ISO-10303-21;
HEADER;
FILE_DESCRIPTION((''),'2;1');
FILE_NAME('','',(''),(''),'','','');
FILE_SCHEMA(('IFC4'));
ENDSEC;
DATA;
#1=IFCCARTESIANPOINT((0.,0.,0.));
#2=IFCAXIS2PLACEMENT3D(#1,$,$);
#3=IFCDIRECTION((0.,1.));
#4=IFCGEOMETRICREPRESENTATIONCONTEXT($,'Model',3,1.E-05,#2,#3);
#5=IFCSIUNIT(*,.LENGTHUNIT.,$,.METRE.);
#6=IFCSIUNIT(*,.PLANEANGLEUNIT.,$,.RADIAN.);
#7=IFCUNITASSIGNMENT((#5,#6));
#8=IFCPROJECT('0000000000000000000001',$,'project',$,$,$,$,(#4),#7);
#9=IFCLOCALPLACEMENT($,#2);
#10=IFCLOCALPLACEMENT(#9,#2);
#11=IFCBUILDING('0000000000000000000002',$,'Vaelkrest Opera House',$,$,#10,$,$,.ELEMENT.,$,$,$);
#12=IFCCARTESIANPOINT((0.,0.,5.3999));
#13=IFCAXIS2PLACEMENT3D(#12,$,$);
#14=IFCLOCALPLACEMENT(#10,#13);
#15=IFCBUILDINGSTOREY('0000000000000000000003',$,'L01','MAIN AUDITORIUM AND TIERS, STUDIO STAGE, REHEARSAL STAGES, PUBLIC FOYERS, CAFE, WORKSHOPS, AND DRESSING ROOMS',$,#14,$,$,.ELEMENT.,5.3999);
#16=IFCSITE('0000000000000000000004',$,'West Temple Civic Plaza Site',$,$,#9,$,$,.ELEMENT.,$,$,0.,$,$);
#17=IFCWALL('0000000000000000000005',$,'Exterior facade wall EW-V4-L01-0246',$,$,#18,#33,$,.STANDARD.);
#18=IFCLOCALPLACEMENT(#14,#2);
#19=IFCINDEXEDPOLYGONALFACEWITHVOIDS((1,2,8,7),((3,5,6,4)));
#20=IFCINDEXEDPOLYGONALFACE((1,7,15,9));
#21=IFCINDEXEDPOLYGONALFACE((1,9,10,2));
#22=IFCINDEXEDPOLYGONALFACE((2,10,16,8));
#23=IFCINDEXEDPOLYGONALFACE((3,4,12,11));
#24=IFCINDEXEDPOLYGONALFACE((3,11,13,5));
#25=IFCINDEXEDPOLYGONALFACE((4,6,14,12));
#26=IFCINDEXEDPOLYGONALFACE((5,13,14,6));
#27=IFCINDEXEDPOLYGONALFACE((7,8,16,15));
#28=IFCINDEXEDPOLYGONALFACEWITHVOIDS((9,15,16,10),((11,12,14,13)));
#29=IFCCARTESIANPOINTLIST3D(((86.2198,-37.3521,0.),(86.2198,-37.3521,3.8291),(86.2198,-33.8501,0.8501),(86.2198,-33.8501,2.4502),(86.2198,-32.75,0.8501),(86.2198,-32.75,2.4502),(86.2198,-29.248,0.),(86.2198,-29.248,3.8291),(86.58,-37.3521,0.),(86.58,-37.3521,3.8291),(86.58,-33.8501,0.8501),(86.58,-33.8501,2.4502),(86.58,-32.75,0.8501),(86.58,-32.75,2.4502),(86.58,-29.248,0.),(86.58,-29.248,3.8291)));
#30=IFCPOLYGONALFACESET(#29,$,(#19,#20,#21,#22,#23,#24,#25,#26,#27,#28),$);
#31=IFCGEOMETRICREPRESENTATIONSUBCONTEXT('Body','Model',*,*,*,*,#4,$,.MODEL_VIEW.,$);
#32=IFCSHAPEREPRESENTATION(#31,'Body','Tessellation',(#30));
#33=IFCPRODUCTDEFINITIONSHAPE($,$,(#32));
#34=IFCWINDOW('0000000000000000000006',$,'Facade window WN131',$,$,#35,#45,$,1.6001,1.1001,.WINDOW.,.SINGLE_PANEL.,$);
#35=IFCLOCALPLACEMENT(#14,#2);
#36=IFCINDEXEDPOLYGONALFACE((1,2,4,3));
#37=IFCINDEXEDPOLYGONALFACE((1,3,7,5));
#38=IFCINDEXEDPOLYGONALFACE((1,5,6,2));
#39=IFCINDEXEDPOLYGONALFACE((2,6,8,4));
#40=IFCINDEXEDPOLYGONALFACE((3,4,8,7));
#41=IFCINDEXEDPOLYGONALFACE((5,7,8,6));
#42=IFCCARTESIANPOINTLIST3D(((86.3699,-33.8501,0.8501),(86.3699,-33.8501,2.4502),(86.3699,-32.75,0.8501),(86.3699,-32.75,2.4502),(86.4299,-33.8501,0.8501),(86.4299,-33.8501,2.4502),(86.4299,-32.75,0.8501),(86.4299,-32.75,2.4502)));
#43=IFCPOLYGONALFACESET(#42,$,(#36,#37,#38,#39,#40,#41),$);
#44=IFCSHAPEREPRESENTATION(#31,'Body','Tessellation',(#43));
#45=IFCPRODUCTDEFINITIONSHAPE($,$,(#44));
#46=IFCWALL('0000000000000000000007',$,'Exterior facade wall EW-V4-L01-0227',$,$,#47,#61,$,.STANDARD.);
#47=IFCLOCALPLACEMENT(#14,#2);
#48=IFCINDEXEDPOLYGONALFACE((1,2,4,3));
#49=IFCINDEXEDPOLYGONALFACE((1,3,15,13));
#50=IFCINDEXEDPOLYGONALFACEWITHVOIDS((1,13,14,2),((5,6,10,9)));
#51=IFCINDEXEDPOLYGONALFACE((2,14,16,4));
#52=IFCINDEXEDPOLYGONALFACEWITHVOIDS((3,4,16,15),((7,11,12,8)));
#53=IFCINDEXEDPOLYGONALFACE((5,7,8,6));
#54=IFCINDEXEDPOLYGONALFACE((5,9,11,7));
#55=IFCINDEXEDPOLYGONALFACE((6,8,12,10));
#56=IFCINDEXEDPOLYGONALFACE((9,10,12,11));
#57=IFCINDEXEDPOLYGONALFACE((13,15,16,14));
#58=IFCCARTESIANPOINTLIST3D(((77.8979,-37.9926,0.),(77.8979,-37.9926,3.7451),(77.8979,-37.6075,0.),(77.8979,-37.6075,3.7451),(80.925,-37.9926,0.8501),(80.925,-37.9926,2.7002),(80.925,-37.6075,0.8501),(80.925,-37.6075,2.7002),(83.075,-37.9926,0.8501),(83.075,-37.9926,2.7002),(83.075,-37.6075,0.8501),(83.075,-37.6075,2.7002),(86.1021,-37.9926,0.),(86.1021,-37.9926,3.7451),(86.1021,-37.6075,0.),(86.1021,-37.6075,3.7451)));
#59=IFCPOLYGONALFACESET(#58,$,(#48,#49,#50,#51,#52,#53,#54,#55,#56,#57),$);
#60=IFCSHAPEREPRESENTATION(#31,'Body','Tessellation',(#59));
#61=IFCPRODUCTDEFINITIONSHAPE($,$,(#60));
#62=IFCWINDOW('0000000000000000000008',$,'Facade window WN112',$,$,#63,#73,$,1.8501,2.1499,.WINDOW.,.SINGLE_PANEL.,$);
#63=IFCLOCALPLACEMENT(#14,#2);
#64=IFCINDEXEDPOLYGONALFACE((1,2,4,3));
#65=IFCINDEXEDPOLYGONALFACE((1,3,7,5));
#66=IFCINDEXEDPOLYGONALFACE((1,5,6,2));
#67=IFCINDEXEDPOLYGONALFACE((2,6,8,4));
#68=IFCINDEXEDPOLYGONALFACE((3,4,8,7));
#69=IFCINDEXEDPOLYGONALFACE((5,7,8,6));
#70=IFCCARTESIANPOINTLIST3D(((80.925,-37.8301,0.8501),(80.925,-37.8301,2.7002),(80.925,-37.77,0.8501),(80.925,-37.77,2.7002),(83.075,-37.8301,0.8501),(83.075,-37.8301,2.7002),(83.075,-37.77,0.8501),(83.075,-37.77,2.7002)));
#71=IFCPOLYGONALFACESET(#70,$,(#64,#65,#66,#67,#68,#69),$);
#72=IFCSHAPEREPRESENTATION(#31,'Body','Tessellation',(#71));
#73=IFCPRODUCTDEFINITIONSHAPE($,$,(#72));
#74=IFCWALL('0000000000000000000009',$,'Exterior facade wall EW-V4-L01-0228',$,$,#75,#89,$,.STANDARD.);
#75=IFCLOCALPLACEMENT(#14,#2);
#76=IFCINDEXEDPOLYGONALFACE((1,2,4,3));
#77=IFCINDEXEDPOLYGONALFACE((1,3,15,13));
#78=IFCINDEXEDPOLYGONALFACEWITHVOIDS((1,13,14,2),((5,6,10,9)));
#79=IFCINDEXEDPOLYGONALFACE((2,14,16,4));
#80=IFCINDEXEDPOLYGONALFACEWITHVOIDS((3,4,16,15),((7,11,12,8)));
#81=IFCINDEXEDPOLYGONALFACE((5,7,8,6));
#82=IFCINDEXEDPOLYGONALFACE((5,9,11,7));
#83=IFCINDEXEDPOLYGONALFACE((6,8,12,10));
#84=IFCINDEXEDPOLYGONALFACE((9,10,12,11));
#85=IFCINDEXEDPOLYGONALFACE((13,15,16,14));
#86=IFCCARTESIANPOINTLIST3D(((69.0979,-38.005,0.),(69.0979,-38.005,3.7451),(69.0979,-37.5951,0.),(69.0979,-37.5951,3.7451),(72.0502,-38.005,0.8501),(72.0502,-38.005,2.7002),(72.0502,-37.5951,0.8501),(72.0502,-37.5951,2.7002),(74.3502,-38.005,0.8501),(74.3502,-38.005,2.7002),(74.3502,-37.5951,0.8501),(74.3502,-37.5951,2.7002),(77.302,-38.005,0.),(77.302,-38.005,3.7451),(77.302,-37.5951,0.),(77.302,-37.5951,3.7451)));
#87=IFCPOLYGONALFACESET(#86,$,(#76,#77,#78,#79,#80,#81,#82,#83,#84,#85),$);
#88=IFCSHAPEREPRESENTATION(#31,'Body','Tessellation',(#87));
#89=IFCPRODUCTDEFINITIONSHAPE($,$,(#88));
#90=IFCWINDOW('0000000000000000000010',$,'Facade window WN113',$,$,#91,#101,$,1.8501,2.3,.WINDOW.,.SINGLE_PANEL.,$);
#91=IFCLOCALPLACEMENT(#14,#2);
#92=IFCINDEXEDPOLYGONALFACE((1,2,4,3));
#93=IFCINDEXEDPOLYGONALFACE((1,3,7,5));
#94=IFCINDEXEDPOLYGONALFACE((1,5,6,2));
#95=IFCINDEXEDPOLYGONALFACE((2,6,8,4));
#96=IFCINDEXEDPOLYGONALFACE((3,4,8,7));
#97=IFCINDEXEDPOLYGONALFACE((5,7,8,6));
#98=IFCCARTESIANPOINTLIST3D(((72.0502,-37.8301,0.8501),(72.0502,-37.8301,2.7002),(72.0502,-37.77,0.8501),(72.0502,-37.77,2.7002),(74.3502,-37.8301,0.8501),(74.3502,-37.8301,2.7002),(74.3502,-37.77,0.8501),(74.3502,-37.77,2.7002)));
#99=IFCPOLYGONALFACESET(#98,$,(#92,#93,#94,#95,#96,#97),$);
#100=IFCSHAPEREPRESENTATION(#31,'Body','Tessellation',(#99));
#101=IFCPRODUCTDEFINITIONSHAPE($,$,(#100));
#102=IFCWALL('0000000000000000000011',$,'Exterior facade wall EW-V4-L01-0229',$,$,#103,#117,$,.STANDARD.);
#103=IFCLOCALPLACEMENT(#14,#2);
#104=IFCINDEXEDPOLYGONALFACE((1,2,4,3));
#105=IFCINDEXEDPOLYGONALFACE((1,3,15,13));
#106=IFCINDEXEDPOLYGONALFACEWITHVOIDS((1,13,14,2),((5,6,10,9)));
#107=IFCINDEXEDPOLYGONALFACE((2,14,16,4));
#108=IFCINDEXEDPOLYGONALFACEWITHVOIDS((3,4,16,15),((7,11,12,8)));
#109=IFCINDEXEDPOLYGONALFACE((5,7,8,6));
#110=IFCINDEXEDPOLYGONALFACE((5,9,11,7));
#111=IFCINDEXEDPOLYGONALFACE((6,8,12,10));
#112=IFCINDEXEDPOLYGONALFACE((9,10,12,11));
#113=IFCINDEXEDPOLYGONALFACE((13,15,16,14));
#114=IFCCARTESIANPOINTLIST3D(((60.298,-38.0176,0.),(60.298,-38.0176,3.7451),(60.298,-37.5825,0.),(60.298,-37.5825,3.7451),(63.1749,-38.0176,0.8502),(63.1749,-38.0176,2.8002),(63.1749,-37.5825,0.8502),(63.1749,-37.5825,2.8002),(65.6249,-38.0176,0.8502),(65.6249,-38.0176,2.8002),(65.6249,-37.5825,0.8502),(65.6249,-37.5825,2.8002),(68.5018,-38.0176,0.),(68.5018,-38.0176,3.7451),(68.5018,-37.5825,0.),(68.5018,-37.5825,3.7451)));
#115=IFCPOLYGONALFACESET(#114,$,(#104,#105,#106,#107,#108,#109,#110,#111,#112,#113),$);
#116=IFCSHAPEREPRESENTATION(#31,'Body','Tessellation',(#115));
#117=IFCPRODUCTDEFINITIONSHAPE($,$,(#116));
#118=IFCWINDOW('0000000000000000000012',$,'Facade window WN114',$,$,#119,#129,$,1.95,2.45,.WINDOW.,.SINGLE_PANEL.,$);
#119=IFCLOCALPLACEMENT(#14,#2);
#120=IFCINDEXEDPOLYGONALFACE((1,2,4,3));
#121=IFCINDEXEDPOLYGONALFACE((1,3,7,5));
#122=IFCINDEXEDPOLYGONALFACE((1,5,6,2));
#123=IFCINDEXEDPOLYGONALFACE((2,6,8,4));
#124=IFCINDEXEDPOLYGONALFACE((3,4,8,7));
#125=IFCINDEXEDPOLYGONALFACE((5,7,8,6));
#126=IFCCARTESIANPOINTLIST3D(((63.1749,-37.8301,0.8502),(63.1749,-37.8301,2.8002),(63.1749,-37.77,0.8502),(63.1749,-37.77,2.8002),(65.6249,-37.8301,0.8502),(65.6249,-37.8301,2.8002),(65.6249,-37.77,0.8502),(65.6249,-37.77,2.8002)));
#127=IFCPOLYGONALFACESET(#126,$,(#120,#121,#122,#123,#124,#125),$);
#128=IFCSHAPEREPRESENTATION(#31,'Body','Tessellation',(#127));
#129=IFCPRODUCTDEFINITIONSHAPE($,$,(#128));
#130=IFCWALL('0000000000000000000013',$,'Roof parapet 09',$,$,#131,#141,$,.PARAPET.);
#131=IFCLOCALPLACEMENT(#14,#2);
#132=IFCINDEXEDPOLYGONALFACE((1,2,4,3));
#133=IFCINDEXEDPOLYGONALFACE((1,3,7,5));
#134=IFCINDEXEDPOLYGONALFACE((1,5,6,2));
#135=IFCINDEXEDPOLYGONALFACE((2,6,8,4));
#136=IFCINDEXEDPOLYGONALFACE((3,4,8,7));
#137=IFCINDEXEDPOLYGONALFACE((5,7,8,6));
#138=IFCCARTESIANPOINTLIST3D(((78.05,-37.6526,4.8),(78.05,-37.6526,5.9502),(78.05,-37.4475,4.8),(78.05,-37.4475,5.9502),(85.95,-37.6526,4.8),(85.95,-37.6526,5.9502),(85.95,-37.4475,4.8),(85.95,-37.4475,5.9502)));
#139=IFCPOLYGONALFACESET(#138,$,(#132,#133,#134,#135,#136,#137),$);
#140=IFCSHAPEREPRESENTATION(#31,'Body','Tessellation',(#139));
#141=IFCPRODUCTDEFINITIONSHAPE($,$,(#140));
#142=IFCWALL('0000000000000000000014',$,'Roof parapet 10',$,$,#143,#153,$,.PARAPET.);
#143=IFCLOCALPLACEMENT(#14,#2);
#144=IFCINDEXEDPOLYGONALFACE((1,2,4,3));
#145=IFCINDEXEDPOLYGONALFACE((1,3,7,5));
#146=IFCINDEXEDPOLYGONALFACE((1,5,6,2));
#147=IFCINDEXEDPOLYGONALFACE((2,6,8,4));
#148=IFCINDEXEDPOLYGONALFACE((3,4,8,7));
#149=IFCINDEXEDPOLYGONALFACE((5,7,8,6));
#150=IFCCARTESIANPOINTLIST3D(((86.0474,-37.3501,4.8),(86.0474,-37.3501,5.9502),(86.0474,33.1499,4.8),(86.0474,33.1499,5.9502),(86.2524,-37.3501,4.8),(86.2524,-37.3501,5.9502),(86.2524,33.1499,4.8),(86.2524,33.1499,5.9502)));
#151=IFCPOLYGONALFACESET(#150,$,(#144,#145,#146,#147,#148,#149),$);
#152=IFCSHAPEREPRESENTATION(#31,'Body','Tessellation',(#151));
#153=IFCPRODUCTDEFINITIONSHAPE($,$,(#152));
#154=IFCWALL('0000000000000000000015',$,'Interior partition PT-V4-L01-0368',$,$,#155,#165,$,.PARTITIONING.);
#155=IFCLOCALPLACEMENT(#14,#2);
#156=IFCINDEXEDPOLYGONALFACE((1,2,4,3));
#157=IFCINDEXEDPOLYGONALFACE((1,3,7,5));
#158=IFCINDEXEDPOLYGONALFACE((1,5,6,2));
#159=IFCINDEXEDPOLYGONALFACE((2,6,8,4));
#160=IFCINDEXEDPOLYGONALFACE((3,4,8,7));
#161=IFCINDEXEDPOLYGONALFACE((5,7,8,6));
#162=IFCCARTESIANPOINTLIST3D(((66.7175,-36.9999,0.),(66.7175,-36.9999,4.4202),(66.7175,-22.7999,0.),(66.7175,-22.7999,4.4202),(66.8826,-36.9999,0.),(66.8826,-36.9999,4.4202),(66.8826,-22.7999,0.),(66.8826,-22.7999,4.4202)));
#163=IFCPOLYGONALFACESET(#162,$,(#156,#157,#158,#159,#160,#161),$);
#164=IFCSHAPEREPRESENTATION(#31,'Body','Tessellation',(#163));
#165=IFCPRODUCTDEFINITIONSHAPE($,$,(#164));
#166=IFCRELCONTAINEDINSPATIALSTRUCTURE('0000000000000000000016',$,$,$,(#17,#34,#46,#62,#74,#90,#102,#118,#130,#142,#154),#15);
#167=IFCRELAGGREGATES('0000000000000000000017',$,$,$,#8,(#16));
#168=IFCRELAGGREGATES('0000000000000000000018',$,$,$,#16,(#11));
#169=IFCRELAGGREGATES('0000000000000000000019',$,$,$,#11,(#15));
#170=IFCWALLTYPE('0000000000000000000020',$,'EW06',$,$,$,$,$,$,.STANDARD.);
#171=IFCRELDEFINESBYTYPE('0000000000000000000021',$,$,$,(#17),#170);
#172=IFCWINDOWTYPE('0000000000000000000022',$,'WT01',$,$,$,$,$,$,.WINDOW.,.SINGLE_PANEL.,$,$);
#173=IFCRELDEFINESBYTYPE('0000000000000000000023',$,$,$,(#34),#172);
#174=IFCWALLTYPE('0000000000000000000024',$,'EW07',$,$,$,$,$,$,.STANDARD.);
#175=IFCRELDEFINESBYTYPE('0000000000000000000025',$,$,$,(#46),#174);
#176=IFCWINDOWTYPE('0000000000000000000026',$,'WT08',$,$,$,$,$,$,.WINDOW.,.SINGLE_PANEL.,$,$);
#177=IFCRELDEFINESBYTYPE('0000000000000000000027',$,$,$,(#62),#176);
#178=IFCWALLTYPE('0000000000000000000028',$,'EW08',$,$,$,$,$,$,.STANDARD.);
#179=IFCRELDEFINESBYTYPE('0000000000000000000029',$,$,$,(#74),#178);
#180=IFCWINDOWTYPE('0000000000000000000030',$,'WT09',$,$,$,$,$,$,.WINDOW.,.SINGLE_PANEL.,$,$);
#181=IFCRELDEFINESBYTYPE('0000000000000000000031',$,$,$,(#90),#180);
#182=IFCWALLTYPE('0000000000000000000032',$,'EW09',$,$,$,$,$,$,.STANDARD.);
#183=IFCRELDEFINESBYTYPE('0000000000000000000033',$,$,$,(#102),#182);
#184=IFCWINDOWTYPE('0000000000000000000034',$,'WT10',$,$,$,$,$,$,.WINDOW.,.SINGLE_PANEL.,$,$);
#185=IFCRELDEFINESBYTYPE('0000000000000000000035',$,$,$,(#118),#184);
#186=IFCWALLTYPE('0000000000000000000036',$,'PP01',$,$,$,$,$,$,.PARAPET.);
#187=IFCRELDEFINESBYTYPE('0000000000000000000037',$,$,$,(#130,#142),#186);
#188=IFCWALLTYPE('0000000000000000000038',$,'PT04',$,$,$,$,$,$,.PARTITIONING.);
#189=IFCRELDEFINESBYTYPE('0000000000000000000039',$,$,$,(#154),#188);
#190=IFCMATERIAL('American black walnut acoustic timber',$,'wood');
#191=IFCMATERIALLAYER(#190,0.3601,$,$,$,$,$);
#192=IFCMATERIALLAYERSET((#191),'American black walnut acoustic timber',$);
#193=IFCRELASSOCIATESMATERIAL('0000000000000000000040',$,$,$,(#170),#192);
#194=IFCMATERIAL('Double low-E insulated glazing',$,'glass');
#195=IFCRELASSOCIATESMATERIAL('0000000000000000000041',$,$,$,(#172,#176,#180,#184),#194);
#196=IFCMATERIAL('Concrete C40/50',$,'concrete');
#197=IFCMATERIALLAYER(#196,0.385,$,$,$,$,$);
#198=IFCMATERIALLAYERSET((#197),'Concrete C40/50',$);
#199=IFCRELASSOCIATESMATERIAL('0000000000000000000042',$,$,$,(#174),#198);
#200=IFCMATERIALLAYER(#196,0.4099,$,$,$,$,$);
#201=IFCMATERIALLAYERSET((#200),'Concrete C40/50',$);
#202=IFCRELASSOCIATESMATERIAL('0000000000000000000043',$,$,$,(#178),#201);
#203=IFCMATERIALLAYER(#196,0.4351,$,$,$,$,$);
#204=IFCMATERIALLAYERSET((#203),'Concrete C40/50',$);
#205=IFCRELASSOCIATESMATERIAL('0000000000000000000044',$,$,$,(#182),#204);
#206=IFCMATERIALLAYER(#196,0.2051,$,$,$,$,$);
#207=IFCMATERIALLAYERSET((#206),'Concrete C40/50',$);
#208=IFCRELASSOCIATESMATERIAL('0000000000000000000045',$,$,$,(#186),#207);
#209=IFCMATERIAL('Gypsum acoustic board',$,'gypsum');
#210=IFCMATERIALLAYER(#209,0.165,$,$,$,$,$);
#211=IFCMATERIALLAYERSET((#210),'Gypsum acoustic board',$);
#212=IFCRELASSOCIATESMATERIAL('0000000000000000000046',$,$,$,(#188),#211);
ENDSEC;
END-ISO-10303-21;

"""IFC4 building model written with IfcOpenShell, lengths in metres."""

from ifc_helpers import new_model, si_unit, direction, frame, frame_2d, origin, place, context, subcontext, project, spatial, rectangle, extrude, material, layer, layer_set, type_object, element, fill, save


model = new_model("IFC4")

# Units and contexts
model_context = context("Model", 3, precision=1e-05, world=origin(), true_north=direction((0.0, 1.0)))
body_context = subcontext(model_context, "Body", "Model", "MODEL_VIEW")
ifc_project = project(units=[si_unit("LENGTHUNIT", "METRE"), si_unit("PLANEANGLEUNIT", "RADIAN")], contexts=[model_context])

# Site, building, storey
site_placement = place(None, origin())
site = spatial("IfcSite", under=ifc_project, at=site_placement, Name="West Temple Civic Plaza Site", CompositionType="ELEMENT", RefElevation=0.0)
building_placement = place(site_placement, origin())
building = spatial("IfcBuilding", under=site, at=building_placement, Name="Vaelkrest Opera House", CompositionType="ELEMENT")
storey_placement = place(building_placement, frame((0.0, 0.0, 5.3999)))
storey = spatial("IfcBuildingStorey", under=building, at=storey_placement, Name="L01", Description="MAIN AUDITORIUM AND TIERS, STUDIO STAGE, REHEARSAL STAGES, PUBLIC FOYERS, CAFE, WORKSHOPS, AND DRESSING ROOMS", CompositionType="ELEMENT", Elevation=5.3999)

# Walls, openings, windows
ifc_material_1 = material(Name="American black walnut acoustic timber", Category="wood")
ifc_layer_1 = layer(ifc_material_1, 0.3601)
ifc_layer_set_1 = layer_set([ifc_layer_1], Name="American black walnut acoustic timber")
wall_type_1 = type_object("IfcWallType", Name="EW06", PredefinedType="STANDARD", material=ifc_layer_set_1)
wall_1_placement = place(storey_placement, frame((86.3999, -29.248, 0.0), z_axis=(0.0, 0.0, 1.0), x_axis=(0.0, -1.0, 0.0)))
wall_1 = element("IfcWall", 1, at=wall_1_placement, inside=storey, type_object=wall_type_1, Name="Exterior facade wall EW-V4-L01-0246", PredefinedType="STANDARD", context=body_context, shape_type="SweptSolid", body=[
    extrude(rectangle(XDim=8.104, YDim=0.3601, at=frame_2d((4.052, 0.0))), origin(), (0.0, 0.0, 1.0), 3.8291),
])
opening_1_placement = place(wall_1_placement, frame((3.502, 0.0, 0.8501)))
opening_1 = element("IfcOpeningElement", 2, at=opening_1_placement, cuts=wall_1, PredefinedType="OPENING", context=body_context, shape_type="SweptSolid", body=[
    extrude(rectangle(XDim=1.1001, YDim=1.6001, at=frame_2d((0.55, 0.8))), frame((0.0, 0.1899, 0.0), z_axis=(0.0, -1.0, 0.0), x_axis=(1.0, 0.0, 0.0)), (0.0, 0.0, 1.0), 0.3801),
])
ifc_material_2 = material(Name="Double low-E insulated glazing", Category="glass")
window_type_1 = type_object("IfcWindowType", Name="WT01", PartitioningType="SINGLE_PANEL", PredefinedType="WINDOW", material=ifc_material_2)
window_1_placement = place(opening_1_placement, origin())
window_1 = element("IfcWindow", 3, at=window_1_placement, inside=storey, type_object=window_type_1, Name="Facade window WN131", OverallHeight=1.6001, OverallWidth=1.1001, PartitioningType="SINGLE_PANEL", PredefinedType="WINDOW", context=body_context, shape_type="SweptSolid", body=[
    extrude(rectangle(XDim=1.1001, YDim=1.6001, at=frame_2d((0.55, 0.8))), frame((0.0, 0.03, 0.0), z_axis=(0.0, -1.0, 0.0), x_axis=(1.0, 0.0, 0.0)), (0.0, 0.0, 1.0), 0.0601),
])
fill(opening_1, window_1)
ifc_material_3 = material(Name="Concrete C40/50", Category="concrete")
ifc_layer_2 = layer(ifc_material_3, 0.385)
ifc_layer_set_2 = layer_set([ifc_layer_2], Name="Concrete C40/50")
wall_type_2 = type_object("IfcWallType", Name="EW07", PredefinedType="STANDARD", material=ifc_layer_set_2)
wall_2_placement = place(storey_placement, frame((86.1021, -37.8, 0.0), z_axis=(0.0, 0.0, 1.0), x_axis=(-1.0, 0.0, 0.0)))
wall_2 = element("IfcWall", 4, at=wall_2_placement, inside=storey, type_object=wall_type_2, Name="Exterior facade wall EW-V4-L01-0227", PredefinedType="STANDARD", context=body_context, shape_type="SweptSolid", body=[
    extrude(rectangle(XDim=8.2041, YDim=0.385, at=frame_2d((4.1021, 0.0))), origin(), (0.0, 0.0, 1.0), 3.7451),
])
opening_2_placement = place(wall_2_placement, frame((3.0271, 0.0, 0.8501)))
opening_2 = element("IfcOpeningElement", 5, at=opening_2_placement, cuts=wall_2, PredefinedType="OPENING", context=body_context, shape_type="SweptSolid", body=[
    extrude(rectangle(XDim=2.1499, YDim=1.8501, at=frame_2d((1.075, 0.925))), frame((0.0, 0.2024, 0.0), z_axis=(0.0, -1.0, 0.0), x_axis=(1.0, 0.0, 0.0)), (0.0, 0.0, 1.0), 0.405),
])
window_type_2 = type_object("IfcWindowType", Name="WT08", PartitioningType="SINGLE_PANEL", PredefinedType="WINDOW", material=ifc_material_2)
window_2_placement = place(opening_2_placement, origin())
window_2 = element("IfcWindow", 6, at=window_2_placement, inside=storey, type_object=window_type_2, Name="Facade window WN112", OverallHeight=1.8501, OverallWidth=2.1499, PartitioningType="SINGLE_PANEL", PredefinedType="WINDOW", context=body_context, shape_type="SweptSolid", body=[
    extrude(rectangle(XDim=2.1499, YDim=1.8501, at=frame_2d((1.075, 0.925))), frame((0.0, 0.03, 0.0), z_axis=(0.0, -1.0, 0.0), x_axis=(1.0, 0.0, 0.0)), (0.0, 0.0, 1.0), 0.0601),
])
fill(opening_2, window_2)
ifc_layer_3 = layer(ifc_material_3, 0.4099)
ifc_layer_set_3 = layer_set([ifc_layer_3], Name="Concrete C40/50")
wall_type_3 = type_object("IfcWallType", Name="EW08", PredefinedType="STANDARD", material=ifc_layer_set_3)
wall_3_placement = place(storey_placement, frame((77.302, -37.8, 0.0), z_axis=(0.0, 0.0, 1.0), x_axis=(-1.0, 0.0, 0.0)))
wall_3 = element("IfcWall", 7, at=wall_3_placement, inside=storey, type_object=wall_type_3, Name="Exterior facade wall EW-V4-L01-0228", PredefinedType="STANDARD", context=body_context, shape_type="SweptSolid", body=[
    extrude(rectangle(XDim=8.2041, YDim=0.4099, at=frame_2d((4.1021, 0.0))), origin(), (0.0, 0.0, 1.0), 3.7451),
])
opening_3_placement = place(wall_3_placement, frame((2.9519, 0.0, 0.8501)))
opening_3 = element("IfcOpeningElement", 8, at=opening_3_placement, cuts=wall_3, PredefinedType="OPENING", context=body_context, shape_type="SweptSolid", body=[
    extrude(rectangle(XDim=2.3, YDim=1.8501, at=frame_2d((1.1499, 0.925))), frame((0.0, 0.2148, 0.0), z_axis=(0.0, -1.0, 0.0), x_axis=(1.0, 0.0, 0.0)), (0.0, 0.0, 1.0), 0.4299),
])
window_type_3 = type_object("IfcWindowType", Name="WT09", PartitioningType="SINGLE_PANEL", PredefinedType="WINDOW", material=ifc_material_2)
window_3_placement = place(opening_3_placement, origin())
window_3 = element("IfcWindow", 9, at=window_3_placement, inside=storey, type_object=window_type_3, Name="Facade window WN113", OverallHeight=1.8501, OverallWidth=2.3, PartitioningType="SINGLE_PANEL", PredefinedType="WINDOW", context=body_context, shape_type="SweptSolid", body=[
    extrude(rectangle(XDim=2.3, YDim=1.8501, at=frame_2d((1.1499, 0.925))), frame((0.0, 0.03, 0.0), z_axis=(0.0, -1.0, 0.0), x_axis=(1.0, 0.0, 0.0)), (0.0, 0.0, 1.0), 0.0601),
])
fill(opening_3, window_3)
ifc_layer_4 = layer(ifc_material_3, 0.4351)
ifc_layer_set_4 = layer_set([ifc_layer_4], Name="Concrete C40/50")
wall_type_4 = type_object("IfcWallType", Name="EW09", PredefinedType="STANDARD", material=ifc_layer_set_4)
wall_4_placement = place(storey_placement, frame((68.502, -37.8, 0.0), z_axis=(0.0, 0.0, 1.0), x_axis=(-1.0, 0.0, 0.0)))
wall_4 = element("IfcWall", 10, at=wall_4_placement, inside=storey, type_object=wall_type_4, Name="Exterior facade wall EW-V4-L01-0229", PredefinedType="STANDARD", context=body_context, shape_type="SweptSolid", body=[
    extrude(rectangle(XDim=8.2039, YDim=0.4351, at=frame_2d((4.1021, 0.0))), origin(), (0.0, 0.0, 1.0), 3.7451),
])
opening_4_placement = place(wall_4_placement, frame((2.877, 0.0, 0.8501)))
opening_4 = element("IfcOpeningElement", 11, at=opening_4_placement, cuts=wall_4, PredefinedType="OPENING", context=body_context, shape_type="SweptSolid", body=[
    extrude(rectangle(XDim=2.45, YDim=1.95, at=frame_2d((1.2251, 0.9751))), frame((0.0, 0.2275, 0.0), z_axis=(0.0, -1.0, 0.0), x_axis=(1.0, 0.0, 0.0)), (0.0, 0.0, 1.0), 0.4551),
])
window_type_4 = type_object("IfcWindowType", Name="WT10", PartitioningType="SINGLE_PANEL", PredefinedType="WINDOW", material=ifc_material_2)
window_4_placement = place(opening_4_placement, origin())
window_4 = element("IfcWindow", 12, at=window_4_placement, inside=storey, type_object=window_type_4, Name="Facade window WN114", OverallHeight=1.95, OverallWidth=2.45, PartitioningType="SINGLE_PANEL", PredefinedType="WINDOW", context=body_context, shape_type="SweptSolid", body=[
    extrude(rectangle(XDim=2.45, YDim=1.95, at=frame_2d((1.2251, 0.9751))), frame((0.0, 0.03, 0.0), z_axis=(0.0, -1.0, 0.0), x_axis=(1.0, 0.0, 0.0)), (0.0, 0.0, 1.0), 0.0601),
])
fill(opening_4, window_4)

# Walls
ifc_layer_5 = layer(ifc_material_3, 0.2051)
ifc_layer_set_5 = layer_set([ifc_layer_5], Name="Concrete C40/50")
wall_type_5 = type_object("IfcWallType", Name="PP01", PredefinedType="PARAPET", material=ifc_layer_set_5)
wall_5_placement = place(storey_placement, frame((78.05, -37.55, 4.8), z_axis=(0.0, 0.0, 1.0), x_axis=(1.0, 0.0, 0.0)))
element("IfcWall", 13, at=wall_5_placement, inside=storey, type_object=wall_type_5, Name="Roof parapet 09", PredefinedType="PARAPET", context=body_context, shape_type="SweptSolid", body=[
    extrude(rectangle(XDim=7.8999, YDim=0.2051, at=frame_2d((3.95, 0.0))), origin(), (0.0, 0.0, 1.0), 1.1501),
])
wall_6_placement = place(storey_placement, frame((86.1499, -37.3501, 4.8), z_axis=(0.0, 0.0, 1.0), x_axis=(0.0, 1.0, 0.0)))
element("IfcWall", 14, at=wall_6_placement, inside=storey, type_object=wall_type_5, Name="Roof parapet 10", PredefinedType="PARAPET", context=body_context, shape_type="SweptSolid", body=[
    extrude(rectangle(XDim=70.5, YDim=0.2051, at=frame_2d((35.25, 0.0))), origin(), (0.0, 0.0, 1.0), 1.1501),
])
ifc_material_4 = material(Name="Gypsum acoustic board", Category="gypsum")
ifc_layer_6 = layer(ifc_material_4, 0.165)
ifc_layer_set_6 = layer_set([ifc_layer_6], Name="Gypsum acoustic board")
wall_type_6 = type_object("IfcWallType", Name="PT04", PredefinedType="PARTITIONING", material=ifc_layer_set_6)
wall_7_placement = place(storey_placement, frame((66.8, -37.0, 0.0), z_axis=(0.0, 0.0, 1.0), x_axis=(0.0, 1.0, 0.0)))
element("IfcWall", 15, at=wall_7_placement, inside=storey, type_object=wall_type_6, Name="Interior partition PT-V4-L01-0368", PredefinedType="PARTITIONING", context=body_context, shape_type="SweptSolid", body=[
    extrude(rectangle(XDim=14.2, YDim=0.165, at=frame_2d((7.1001, 0.0))), origin(), (0.0, 0.0, 1.0), 4.4202),
])

save(model, "model.ifc")
